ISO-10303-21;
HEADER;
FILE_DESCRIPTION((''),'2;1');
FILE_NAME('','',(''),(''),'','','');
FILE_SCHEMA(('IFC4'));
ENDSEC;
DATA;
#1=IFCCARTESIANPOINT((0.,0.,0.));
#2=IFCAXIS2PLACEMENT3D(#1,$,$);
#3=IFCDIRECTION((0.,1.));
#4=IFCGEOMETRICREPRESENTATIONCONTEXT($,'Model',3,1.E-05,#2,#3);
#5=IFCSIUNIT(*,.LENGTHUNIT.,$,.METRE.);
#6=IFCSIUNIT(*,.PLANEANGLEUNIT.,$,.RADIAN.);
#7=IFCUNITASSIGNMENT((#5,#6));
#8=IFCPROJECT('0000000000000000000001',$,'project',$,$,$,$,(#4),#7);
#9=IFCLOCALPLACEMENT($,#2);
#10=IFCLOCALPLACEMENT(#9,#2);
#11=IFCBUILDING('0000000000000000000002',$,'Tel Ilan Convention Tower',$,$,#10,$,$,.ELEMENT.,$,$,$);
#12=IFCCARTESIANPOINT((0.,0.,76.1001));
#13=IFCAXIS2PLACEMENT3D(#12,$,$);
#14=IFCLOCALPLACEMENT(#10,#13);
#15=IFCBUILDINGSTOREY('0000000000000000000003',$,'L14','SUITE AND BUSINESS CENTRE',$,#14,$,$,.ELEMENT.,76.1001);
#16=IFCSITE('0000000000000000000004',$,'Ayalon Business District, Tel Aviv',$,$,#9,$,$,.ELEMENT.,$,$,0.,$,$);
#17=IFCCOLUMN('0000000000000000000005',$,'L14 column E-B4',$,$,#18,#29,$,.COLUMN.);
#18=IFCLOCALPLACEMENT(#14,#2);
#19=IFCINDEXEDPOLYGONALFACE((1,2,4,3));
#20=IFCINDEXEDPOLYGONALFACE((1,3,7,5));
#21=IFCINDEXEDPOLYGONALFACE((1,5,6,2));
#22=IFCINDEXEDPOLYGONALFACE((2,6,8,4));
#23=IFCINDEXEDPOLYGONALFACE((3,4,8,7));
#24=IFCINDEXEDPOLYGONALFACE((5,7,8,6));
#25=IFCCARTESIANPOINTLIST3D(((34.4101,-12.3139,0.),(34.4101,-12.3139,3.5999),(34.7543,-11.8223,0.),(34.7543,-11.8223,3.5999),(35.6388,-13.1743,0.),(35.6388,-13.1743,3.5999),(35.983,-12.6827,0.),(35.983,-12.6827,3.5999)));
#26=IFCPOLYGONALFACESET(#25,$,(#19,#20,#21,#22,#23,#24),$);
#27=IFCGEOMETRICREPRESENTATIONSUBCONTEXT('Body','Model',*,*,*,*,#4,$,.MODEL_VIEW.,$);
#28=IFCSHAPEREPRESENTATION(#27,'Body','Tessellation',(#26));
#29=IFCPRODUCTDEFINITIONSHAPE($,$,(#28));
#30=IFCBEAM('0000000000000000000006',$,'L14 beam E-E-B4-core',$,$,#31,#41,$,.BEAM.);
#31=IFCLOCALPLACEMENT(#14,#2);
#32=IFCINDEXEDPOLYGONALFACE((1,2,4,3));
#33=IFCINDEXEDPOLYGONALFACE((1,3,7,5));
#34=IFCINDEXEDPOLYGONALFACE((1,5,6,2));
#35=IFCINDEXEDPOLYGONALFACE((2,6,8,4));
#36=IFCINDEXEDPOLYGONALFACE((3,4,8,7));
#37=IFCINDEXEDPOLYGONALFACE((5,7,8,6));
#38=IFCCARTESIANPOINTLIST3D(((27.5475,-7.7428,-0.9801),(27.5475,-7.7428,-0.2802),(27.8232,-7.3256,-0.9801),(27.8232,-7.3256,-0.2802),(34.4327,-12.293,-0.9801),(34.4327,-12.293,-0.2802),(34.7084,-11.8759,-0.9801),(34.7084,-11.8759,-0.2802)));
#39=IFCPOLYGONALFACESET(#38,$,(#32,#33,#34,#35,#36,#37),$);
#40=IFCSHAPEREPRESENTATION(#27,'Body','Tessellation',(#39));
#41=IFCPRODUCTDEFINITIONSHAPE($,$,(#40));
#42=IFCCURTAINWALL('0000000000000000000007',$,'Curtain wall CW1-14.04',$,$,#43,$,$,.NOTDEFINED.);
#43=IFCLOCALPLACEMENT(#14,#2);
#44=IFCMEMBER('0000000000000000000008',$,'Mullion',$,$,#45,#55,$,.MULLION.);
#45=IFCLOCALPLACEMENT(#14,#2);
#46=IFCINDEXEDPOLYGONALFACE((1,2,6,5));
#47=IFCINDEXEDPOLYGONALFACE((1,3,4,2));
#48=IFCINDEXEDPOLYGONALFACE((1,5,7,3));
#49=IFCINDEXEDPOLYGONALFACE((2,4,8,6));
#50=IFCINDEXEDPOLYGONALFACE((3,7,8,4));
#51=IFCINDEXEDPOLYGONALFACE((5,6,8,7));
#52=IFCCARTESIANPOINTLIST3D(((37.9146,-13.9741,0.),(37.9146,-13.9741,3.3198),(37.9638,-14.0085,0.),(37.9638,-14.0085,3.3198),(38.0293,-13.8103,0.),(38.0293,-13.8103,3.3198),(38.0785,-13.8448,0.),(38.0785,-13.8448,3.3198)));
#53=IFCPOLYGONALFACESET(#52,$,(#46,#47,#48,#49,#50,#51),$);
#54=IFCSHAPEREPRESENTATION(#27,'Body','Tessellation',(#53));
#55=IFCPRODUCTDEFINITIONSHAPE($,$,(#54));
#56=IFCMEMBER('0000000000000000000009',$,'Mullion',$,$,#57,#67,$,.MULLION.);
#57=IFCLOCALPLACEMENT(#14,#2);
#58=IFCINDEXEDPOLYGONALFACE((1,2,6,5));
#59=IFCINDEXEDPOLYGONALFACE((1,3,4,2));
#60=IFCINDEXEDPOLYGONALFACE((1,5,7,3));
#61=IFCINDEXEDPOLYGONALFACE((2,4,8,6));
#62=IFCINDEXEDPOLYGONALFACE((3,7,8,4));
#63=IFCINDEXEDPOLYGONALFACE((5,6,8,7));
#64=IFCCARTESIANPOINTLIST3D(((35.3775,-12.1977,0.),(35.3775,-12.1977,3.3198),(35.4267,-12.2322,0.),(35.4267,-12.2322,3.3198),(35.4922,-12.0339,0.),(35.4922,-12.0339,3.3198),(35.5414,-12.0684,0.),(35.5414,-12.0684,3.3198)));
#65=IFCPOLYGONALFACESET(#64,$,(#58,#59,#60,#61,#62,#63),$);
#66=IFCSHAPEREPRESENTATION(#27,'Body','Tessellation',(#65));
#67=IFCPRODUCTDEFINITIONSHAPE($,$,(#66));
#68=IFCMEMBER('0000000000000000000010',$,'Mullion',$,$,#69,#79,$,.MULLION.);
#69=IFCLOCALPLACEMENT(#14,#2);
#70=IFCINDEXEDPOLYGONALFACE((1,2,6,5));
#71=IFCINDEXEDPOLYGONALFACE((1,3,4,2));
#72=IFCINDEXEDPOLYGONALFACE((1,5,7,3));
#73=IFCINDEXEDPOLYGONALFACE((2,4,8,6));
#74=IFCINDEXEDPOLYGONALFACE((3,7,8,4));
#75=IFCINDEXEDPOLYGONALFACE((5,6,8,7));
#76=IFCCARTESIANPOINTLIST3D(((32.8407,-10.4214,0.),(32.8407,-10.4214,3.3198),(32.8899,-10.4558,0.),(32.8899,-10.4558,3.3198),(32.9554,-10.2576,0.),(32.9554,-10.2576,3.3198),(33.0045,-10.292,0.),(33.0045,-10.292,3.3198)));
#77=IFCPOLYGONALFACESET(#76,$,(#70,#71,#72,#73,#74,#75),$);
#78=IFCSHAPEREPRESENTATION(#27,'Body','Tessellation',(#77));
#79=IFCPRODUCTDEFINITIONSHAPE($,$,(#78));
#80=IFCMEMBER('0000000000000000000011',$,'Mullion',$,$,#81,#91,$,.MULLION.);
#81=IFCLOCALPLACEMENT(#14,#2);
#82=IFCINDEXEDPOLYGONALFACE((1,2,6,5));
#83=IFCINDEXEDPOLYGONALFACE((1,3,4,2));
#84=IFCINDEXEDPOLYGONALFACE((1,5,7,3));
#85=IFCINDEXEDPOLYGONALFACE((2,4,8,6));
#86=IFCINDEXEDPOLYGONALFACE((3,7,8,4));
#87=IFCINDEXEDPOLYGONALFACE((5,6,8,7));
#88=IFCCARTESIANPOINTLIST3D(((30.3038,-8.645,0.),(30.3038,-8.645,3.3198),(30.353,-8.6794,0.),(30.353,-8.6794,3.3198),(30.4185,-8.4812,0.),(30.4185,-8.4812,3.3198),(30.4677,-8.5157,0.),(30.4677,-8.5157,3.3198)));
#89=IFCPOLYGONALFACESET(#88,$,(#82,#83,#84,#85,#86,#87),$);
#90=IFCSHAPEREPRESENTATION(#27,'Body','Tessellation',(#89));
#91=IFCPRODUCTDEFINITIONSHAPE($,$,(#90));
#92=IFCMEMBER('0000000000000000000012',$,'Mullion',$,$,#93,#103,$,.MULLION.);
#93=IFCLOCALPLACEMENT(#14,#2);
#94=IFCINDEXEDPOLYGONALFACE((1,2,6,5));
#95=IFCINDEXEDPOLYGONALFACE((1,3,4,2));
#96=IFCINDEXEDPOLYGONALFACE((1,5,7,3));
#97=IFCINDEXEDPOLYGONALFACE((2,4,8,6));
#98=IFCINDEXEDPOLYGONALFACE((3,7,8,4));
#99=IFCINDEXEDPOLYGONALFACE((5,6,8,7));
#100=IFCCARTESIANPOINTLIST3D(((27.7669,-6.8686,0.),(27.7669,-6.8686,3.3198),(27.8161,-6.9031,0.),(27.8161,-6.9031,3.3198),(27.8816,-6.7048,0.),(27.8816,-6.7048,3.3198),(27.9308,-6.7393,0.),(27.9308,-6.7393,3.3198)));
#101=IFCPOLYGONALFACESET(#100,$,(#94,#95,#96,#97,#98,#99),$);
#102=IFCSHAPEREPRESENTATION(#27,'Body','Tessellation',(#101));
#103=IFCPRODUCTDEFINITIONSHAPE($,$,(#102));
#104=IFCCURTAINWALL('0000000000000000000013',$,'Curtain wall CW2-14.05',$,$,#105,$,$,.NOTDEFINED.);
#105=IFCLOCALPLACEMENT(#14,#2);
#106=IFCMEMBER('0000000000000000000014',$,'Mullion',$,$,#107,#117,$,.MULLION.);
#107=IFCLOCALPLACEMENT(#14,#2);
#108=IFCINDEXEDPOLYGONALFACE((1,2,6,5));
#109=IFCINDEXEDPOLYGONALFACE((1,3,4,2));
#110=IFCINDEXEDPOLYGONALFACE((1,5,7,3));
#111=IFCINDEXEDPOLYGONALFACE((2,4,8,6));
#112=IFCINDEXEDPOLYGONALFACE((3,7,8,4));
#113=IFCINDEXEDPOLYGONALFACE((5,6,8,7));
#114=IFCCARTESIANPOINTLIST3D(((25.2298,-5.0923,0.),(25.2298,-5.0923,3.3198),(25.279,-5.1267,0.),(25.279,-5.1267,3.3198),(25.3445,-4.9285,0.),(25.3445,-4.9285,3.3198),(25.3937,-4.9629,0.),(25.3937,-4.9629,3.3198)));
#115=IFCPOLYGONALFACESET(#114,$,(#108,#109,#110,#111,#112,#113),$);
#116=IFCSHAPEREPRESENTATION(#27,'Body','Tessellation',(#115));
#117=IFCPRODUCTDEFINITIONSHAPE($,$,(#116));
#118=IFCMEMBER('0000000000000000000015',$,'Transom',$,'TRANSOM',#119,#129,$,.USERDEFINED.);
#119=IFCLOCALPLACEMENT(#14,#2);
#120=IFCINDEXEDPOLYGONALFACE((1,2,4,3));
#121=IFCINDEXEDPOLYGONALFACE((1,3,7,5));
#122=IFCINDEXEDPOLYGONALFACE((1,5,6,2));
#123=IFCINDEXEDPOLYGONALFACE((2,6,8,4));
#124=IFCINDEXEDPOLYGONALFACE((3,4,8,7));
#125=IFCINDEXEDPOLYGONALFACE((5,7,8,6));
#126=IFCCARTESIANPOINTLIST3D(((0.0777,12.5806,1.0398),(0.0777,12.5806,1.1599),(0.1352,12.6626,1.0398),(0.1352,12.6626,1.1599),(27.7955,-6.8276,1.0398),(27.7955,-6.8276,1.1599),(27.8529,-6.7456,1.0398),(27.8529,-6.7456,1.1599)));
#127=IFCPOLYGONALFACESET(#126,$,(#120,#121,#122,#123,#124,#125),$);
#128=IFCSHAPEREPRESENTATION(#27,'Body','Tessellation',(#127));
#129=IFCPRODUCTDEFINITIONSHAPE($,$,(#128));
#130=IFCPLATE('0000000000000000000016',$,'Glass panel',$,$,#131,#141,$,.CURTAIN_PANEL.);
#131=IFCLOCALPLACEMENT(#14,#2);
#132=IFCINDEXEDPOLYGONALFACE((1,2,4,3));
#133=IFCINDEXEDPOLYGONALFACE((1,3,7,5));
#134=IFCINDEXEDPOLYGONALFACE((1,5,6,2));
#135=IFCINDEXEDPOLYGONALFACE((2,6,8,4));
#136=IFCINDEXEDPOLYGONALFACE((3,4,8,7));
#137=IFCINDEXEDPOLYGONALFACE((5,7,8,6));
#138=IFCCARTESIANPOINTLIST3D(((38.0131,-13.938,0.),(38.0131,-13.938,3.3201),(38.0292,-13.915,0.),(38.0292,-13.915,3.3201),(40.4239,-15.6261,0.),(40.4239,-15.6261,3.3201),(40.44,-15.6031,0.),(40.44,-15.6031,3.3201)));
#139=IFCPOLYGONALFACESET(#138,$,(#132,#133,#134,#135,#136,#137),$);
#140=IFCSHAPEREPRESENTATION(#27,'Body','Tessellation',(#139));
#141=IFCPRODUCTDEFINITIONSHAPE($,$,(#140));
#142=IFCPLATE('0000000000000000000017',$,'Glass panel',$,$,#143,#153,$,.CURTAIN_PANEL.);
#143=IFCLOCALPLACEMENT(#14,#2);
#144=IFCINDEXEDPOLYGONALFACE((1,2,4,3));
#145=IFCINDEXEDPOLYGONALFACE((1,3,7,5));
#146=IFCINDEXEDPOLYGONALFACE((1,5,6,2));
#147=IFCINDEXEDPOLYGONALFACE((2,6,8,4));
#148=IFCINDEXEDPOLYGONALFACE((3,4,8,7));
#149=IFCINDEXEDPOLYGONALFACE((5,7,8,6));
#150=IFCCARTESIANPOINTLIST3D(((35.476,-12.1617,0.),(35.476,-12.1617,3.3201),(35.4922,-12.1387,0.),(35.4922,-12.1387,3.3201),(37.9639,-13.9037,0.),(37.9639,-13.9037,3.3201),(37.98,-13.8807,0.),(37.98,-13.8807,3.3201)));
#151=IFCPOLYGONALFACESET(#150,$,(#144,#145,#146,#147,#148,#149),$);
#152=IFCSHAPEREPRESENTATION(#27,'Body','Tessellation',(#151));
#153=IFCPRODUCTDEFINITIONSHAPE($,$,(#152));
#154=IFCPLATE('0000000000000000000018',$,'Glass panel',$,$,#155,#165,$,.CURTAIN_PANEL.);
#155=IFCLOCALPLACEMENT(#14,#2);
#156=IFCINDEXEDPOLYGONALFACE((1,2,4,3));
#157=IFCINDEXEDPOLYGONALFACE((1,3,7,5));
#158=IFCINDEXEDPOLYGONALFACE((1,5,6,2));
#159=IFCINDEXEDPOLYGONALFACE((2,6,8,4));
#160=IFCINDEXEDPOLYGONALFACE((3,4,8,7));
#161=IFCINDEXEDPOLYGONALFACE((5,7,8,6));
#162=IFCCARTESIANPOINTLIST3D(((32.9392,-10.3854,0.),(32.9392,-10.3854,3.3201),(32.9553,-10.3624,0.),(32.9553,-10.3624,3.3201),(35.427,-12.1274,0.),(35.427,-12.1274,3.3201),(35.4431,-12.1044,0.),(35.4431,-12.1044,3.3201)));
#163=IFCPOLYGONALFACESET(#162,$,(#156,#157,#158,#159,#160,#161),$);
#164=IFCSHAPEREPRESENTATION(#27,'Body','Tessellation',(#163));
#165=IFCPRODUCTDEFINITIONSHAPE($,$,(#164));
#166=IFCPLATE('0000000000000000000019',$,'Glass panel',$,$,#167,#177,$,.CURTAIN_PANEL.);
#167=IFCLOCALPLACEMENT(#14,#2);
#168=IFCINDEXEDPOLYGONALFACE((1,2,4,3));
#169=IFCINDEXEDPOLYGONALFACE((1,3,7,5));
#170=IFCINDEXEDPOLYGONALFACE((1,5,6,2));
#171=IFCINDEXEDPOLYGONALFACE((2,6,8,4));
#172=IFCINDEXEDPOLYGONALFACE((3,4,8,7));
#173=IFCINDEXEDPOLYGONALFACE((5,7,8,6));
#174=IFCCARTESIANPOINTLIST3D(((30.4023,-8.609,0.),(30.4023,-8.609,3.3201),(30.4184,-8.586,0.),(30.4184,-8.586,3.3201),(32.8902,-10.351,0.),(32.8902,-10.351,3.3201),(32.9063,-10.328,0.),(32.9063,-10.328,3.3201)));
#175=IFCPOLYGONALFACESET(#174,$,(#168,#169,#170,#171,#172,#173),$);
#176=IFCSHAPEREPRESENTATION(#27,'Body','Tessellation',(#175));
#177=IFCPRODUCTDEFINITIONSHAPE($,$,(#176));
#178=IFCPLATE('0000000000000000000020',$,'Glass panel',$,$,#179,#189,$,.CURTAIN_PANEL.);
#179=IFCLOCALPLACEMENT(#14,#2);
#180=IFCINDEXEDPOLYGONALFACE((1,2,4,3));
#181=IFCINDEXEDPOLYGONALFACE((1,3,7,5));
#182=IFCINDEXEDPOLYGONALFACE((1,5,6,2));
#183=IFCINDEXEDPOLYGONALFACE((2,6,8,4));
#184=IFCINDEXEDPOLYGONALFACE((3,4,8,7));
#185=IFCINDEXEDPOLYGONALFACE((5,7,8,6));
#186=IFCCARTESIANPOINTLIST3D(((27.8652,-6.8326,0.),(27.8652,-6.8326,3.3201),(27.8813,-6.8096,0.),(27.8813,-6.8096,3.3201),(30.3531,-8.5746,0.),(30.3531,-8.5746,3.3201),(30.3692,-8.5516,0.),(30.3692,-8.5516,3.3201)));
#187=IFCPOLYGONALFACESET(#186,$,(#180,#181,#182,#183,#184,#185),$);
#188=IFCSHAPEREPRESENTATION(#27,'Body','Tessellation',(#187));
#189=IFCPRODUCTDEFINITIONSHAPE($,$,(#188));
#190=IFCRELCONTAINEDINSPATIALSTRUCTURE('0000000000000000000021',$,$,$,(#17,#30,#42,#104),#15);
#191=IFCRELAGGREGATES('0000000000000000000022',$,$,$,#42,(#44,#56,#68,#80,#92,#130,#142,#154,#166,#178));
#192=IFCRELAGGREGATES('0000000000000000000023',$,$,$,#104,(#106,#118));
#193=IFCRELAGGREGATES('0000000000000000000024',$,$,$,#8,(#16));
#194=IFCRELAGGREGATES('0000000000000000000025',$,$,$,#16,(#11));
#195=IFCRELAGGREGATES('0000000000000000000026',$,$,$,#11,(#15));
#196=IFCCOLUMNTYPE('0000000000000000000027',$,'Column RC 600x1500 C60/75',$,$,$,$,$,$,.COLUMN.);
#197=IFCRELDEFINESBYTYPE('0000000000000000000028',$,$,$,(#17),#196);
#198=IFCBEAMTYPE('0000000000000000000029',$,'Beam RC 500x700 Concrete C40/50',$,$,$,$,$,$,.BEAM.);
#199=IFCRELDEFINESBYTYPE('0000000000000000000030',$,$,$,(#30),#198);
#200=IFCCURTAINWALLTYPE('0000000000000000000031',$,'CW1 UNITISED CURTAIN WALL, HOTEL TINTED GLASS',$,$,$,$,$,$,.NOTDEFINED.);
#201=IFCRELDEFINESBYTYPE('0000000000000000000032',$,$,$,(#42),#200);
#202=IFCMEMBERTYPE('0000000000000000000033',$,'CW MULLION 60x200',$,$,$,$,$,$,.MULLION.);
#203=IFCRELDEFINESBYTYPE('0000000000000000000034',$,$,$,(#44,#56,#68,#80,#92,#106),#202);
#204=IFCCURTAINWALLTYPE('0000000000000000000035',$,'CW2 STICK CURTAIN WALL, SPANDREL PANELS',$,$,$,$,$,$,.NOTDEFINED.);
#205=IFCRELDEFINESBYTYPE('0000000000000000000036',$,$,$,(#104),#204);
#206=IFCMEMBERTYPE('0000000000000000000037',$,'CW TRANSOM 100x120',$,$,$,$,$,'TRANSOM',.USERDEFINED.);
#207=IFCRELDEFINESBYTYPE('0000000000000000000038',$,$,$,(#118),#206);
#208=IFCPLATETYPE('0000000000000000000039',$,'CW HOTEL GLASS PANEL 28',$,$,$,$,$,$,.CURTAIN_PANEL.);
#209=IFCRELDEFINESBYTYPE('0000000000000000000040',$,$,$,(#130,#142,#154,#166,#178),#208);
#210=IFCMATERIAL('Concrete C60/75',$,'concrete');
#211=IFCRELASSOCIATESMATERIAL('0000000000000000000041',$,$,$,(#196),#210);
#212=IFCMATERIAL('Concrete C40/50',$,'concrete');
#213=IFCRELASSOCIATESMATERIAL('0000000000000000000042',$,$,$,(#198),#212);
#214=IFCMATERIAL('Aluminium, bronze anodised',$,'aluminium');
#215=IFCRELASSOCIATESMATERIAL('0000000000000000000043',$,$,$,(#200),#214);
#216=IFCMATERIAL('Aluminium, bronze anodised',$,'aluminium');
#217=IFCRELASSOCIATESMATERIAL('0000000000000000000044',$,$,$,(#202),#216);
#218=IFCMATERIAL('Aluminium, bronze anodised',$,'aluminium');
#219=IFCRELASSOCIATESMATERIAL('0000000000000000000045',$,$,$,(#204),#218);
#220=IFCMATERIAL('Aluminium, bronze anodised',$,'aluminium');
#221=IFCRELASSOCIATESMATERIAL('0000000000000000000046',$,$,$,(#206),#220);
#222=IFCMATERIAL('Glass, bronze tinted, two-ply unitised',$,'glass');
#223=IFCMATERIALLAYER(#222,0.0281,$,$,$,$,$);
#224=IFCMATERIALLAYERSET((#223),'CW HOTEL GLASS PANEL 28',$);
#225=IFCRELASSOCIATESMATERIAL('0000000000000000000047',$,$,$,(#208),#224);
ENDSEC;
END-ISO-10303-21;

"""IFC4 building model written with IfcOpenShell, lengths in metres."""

from ifc_helpers import new_model, si_unit, direction, frame, origin, origin_2d, place, context, subcontext, project, spatial, rectangle, extrude, material, layer, layer_set, material_profile, profile_set, type_object, element, aggregate, save


model = new_model("IFC4")

# Units and contexts
model_context = context("Model", 3, precision=1e-05, world=origin(), true_north=direction((0.0, 1.0)))
body_context = subcontext(model_context, "Body", "Model", "MODEL_VIEW")
ifc_project = project(units=[si_unit("LENGTHUNIT", "METRE"), si_unit("PLANEANGLEUNIT", "RADIAN")], contexts=[model_context])

# Site, building, storey
site_placement = place(None, origin())
site = spatial("IfcSite", under=ifc_project, at=site_placement, Name="Ayalon Business District, Tel Aviv", CompositionType="ELEMENT", RefElevation=0.0)
building_placement = place(site_placement, origin())
building = spatial("IfcBuilding", under=site, at=building_placement, Name="Tel Ilan Convention Tower", CompositionType="ELEMENT")
storey_placement = place(building_placement, frame((0.0, 0.0, 76.1001)))
storey = spatial("IfcBuildingStorey", under=building, at=storey_placement, Name="L14", Description="SUITE AND BUSINESS CENTRE", CompositionType="ELEMENT", Elevation=76.1001)

# Column
ifc_material_1 = material(Name="Concrete C60/75", Category="concrete")
ifc_material_profile_1 = material_profile(ifc_material_1, rectangle(XDim=1.5, YDim=0.6001, at=origin_2d()), Name="RC 600x1500")
ifc_profile_set_1 = profile_set([ifc_material_profile_1], Name="Concrete C60/75")
column_type = type_object("IfcColumnType", Name="Column RC 600x1500 C60/75", PredefinedType="COLUMN", material=ifc_profile_set_1)
column_placement = place(storey_placement, frame((35.1965, -12.4983, 0.0), z_axis=(0.0, 0.0, 1.0), x_axis=(0.819152, -0.573576, 0.0)))
element("IfcColumn", 1, at=column_placement, inside=storey, type_object=column_type, Name="L14 column E-B4", PredefinedType="COLUMN", context=body_context, shape_type="SweptSolid", body=[
    extrude(rectangle(XDim=1.5, YDim=0.6001, at=origin_2d()), origin(), (0.0, 0.0, 1.0), 3.5999),
])

# Beam
ifc_material_2 = material(Name="Concrete C40/50", Category="concrete")
ifc_material_profile_2 = material_profile(ifc_material_2, rectangle(XDim=0.5, YDim=0.7, at=origin_2d()), Name="RC 500x700")
ifc_profile_set_2 = profile_set([ifc_material_profile_2], Name="Concrete C40/50")
beam_type = type_object("IfcBeamType", Name="Beam RC 500x700 Concrete C40/50", PredefinedType="BEAM", material=ifc_profile_set_2)
beam_placement = place(storey_placement, frame((34.5706, -12.0845, -0.6301), z_axis=(-0.834274, 0.551351, 0.0), x_axis=(-0.551351, -0.834274, 0.0)))
element("IfcBeam", 2, at=beam_placement, inside=storey, type_object=beam_type, Name="L14 beam E-E-B4-core", PredefinedType="BEAM", context=body_context, shape_type="SweptSolid", body=[
    extrude(rectangle(XDim=0.5, YDim=0.7, at=origin_2d()), origin(), (0.0, 0.0, 1.0), 8.2529),
])

# Curtain walls, members
ifc_material_3 = material(Name="Aluminium, bronze anodised", Category="aluminium")
curtain_wall_type_1 = type_object("IfcCurtainWallType", Name="CW1 UNITISED CURTAIN WALL, HOTEL TINTED GLASS", PredefinedType="NOTDEFINED", material=ifc_material_3)
curtain_wall_1_placement = place(storey_placement, origin())
curtain_wall_1 = element("IfcCurtainWall", 3, at=curtain_wall_1_placement, inside=storey, type_object=curtain_wall_type_1, Name="Curtain wall CW1-14.04", PredefinedType="NOTDEFINED")
ifc_material_4 = material(Name="Aluminium, bronze anodised", Category="aluminium")
ifc_material_profile_3 = material_profile(ifc_material_4, rectangle(XDim=0.0601, YDim=0.2, at=origin_2d()), Name="CW MULLION 60x200")
ifc_profile_set_3 = profile_set([ifc_material_profile_3], Name="Aluminium, bronze anodised")
member_type_1 = type_object("IfcMemberType", Name="CW MULLION 60x200", PredefinedType="MULLION", material=ifc_profile_set_3)
member_1_placement = place(storey_placement, frame((37.9966, -13.9094, 0.0), z_axis=(0.0, 0.0, 1.0), x_axis=(-0.819152, 0.573576, 0.0)))
member_1 = element("IfcMember", 4, at=member_1_placement, type_object=member_type_1, Name="Mullion", PredefinedType="MULLION", context=body_context, shape_type="SweptSolid", body=[
    extrude(rectangle(XDim=0.0601, YDim=0.2, at=origin_2d()), origin(), (0.0, 0.0, 1.0), 3.3198),
])
member_2_placement = place(storey_placement, frame((35.4595, -12.1331, 0.0), z_axis=(0.0, 0.0, 1.0), x_axis=(-0.819152, 0.573576, 0.0)))
member_2 = element("IfcMember", 5, at=member_2_placement, type_object=member_type_1, Name="Mullion", PredefinedType="MULLION", context=body_context, shape_type="SweptSolid", body=[
    extrude(rectangle(XDim=0.0601, YDim=0.2, at=origin_2d()), origin(), (0.0, 0.0, 1.0), 3.3198),
])
member_3_placement = place(storey_placement, frame((32.9226, -10.3567, 0.0), z_axis=(0.0, 0.0, 1.0), x_axis=(-0.819152, 0.573576, 0.0)))
member_3 = element("IfcMember", 6, at=member_3_placement, type_object=member_type_1, Name="Mullion", PredefinedType="MULLION", context=body_context, shape_type="SweptSolid", body=[
    extrude(rectangle(XDim=0.0601, YDim=0.2, at=origin_2d()), origin(), (0.0, 0.0, 1.0), 3.3198),
])
member_4_placement = place(storey_placement, frame((30.3857, -8.5803, 0.0), z_axis=(0.0, 0.0, 1.0), x_axis=(-0.819152, 0.573576, 0.0)))
member_4 = element("IfcMember", 7, at=member_4_placement, type_object=member_type_1, Name="Mullion", PredefinedType="MULLION", context=body_context, shape_type="SweptSolid", body=[
    extrude(rectangle(XDim=0.0601, YDim=0.2, at=origin_2d()), origin(), (0.0, 0.0, 1.0), 3.3198),
])
member_5_placement = place(storey_placement, frame((27.8489, -6.804, 0.0), z_axis=(0.0, 0.0, 1.0), x_axis=(-0.819152, 0.573576, 0.0)))
member_5 = element("IfcMember", 8, at=member_5_placement, type_object=member_type_1, Name="Mullion", PredefinedType="MULLION", context=body_context, shape_type="SweptSolid", body=[
    extrude(rectangle(XDim=0.0601, YDim=0.2, at=origin_2d()), origin(), (0.0, 0.0, 1.0), 3.3198),
])
ifc_material_5 = material(Name="Aluminium, bronze anodised", Category="aluminium")
curtain_wall_type_2 = type_object("IfcCurtainWallType", Name="CW2 STICK CURTAIN WALL, SPANDREL PANELS", PredefinedType="NOTDEFINED", material=ifc_material_5)
curtain_wall_2_placement = place(storey_placement, origin())
curtain_wall_2 = element("IfcCurtainWall", 9, at=curtain_wall_2_placement, inside=storey, type_object=curtain_wall_type_2, Name="Curtain wall CW2-14.05", PredefinedType="NOTDEFINED")
member_6_placement = place(storey_placement, frame((25.3118, -5.0276, 0.0), z_axis=(0.0, 0.0, 1.0), x_axis=(-0.819152, 0.573576, 0.0)))
member_6 = element("IfcMember", 10, at=member_6_placement, type_object=member_type_1, Name="Mullion", PredefinedType="MULLION", context=body_context, shape_type="SweptSolid", body=[
    extrude(rectangle(XDim=0.0601, YDim=0.2, at=origin_2d()), origin(), (0.0, 0.0, 1.0), 3.3198),
])
ifc_material_6 = material(Name="Aluminium, bronze anodised", Category="aluminium")
ifc_material_profile_4 = material_profile(ifc_material_6, rectangle(XDim=0.1001, YDim=0.1201, at=origin_2d()), Name="CW TRANSOM 100x120")
ifc_profile_set_4 = profile_set([ifc_material_profile_4], Name="Aluminium, bronze anodised")
member_type_2 = type_object("IfcMemberType", Name="CW TRANSOM 100x120", ElementType="TRANSOM", PredefinedType="USERDEFINED", material=ifc_profile_set_4)
member_7_placement = place(storey_placement, frame((27.8242, -6.7866, 1.0999), z_axis=(-0.819152, 0.573577, 0.0), x_axis=(-0.573577, -0.819152, 0.0)))
member_7 = element("IfcMember", 11, at=member_7_placement, type_object=member_type_2, Name="Transom", ObjectType="TRANSOM", PredefinedType="USERDEFINED", context=body_context, shape_type="SweptSolid", body=[
    extrude(rectangle(XDim=0.1001, YDim=0.1201, at=origin_2d()), origin(), (0.0, 0.0, 1.0), 33.8372),
])

# Plates
ifc_material_7 = material(Name="Glass, bronze tinted, two-ply unitised", Category="glass")
ifc_layer_1 = layer(ifc_material_7, 0.0281)
ifc_layer_set_1 = layer_set([ifc_layer_1], Name="CW HOTEL GLASS PANEL 28")
plate_type_1 = type_object("IfcPlateType", Name="CW HOTEL GLASS PANEL 28", PredefinedType="CURTAIN_PANEL", material=ifc_layer_set_1)
plate_1_placement = place(storey_placement, frame((39.2266, -14.7705, 0.0), z_axis=(0.0, 0.0, 1.0), x_axis=(-0.819152, 0.573576, 0.0)))
plate_1 = element("IfcPlate", 12, at=plate_1_placement, type_object=plate_type_1, Name="Glass panel", PredefinedType="CURTAIN_PANEL", context=body_context, shape_type="SweptSolid", body=[
    extrude(rectangle(XDim=2.9431, YDim=0.0281, at=origin_2d()), origin(), (0.0, 0.0, 1.0), 3.3201),
])
plate_2_placement = place(storey_placement, frame((36.728, -13.0212, 0.0), z_axis=(0.0, 0.0, 1.0), x_axis=(-0.819152, 0.573576, 0.0)))
plate_2 = element("IfcPlate", 13, at=plate_2_placement, type_object=plate_type_1, Name="Glass panel", PredefinedType="CURTAIN_PANEL", context=body_context, shape_type="SweptSolid", body=[
    extrude(rectangle(XDim=3.0371, YDim=0.0281, at=origin_2d()), origin(), (0.0, 0.0, 1.0), 3.3201),
])
plate_3_placement = place(storey_placement, frame((34.1912, -11.2449, 0.0), z_axis=(0.0, 0.0, 1.0), x_axis=(-0.819152, 0.573576, 0.0)))
plate_3 = element("IfcPlate", 14, at=plate_3_placement, type_object=plate_type_1, Name="Glass panel", PredefinedType="CURTAIN_PANEL", context=body_context, shape_type="SweptSolid", body=[
    extrude(rectangle(XDim=3.0371, YDim=0.0281, at=origin_2d()), origin(), (0.0, 0.0, 1.0), 3.3201),
])
plate_4_placement = place(storey_placement, frame((31.6543, -9.4685, 0.0), z_axis=(0.0, 0.0, 1.0), x_axis=(-0.819152, 0.573576, 0.0)))
plate_4 = element("IfcPlate", 15, at=plate_4_placement, type_object=plate_type_1, Name="Glass panel", PredefinedType="CURTAIN_PANEL", context=body_context, shape_type="SweptSolid", body=[
    extrude(rectangle(XDim=3.0371, YDim=0.0281, at=origin_2d()), origin(), (0.0, 0.0, 1.0), 3.3201),
])
plate_5_placement = place(storey_placement, frame((29.1172, -7.6921, 0.0), z_axis=(0.0, 0.0, 1.0), x_axis=(-0.819152, 0.573576, 0.0)))
plate_5 = element("IfcPlate", 16, at=plate_5_placement, type_object=plate_type_1, Name="Glass panel", PredefinedType="CURTAIN_PANEL", context=body_context, shape_type="SweptSolid", body=[
    extrude(rectangle(XDim=3.0371, YDim=0.0281, at=origin_2d()), origin(), (0.0, 0.0, 1.0), 3.3201),
])
aggregate(curtain_wall_1, [member_1, member_2, member_3, member_4, member_5, plate_1, plate_2, plate_3, plate_4, plate_5])
aggregate(curtain_wall_2, [member_6, member_7])

save(model, "model.ifc")
